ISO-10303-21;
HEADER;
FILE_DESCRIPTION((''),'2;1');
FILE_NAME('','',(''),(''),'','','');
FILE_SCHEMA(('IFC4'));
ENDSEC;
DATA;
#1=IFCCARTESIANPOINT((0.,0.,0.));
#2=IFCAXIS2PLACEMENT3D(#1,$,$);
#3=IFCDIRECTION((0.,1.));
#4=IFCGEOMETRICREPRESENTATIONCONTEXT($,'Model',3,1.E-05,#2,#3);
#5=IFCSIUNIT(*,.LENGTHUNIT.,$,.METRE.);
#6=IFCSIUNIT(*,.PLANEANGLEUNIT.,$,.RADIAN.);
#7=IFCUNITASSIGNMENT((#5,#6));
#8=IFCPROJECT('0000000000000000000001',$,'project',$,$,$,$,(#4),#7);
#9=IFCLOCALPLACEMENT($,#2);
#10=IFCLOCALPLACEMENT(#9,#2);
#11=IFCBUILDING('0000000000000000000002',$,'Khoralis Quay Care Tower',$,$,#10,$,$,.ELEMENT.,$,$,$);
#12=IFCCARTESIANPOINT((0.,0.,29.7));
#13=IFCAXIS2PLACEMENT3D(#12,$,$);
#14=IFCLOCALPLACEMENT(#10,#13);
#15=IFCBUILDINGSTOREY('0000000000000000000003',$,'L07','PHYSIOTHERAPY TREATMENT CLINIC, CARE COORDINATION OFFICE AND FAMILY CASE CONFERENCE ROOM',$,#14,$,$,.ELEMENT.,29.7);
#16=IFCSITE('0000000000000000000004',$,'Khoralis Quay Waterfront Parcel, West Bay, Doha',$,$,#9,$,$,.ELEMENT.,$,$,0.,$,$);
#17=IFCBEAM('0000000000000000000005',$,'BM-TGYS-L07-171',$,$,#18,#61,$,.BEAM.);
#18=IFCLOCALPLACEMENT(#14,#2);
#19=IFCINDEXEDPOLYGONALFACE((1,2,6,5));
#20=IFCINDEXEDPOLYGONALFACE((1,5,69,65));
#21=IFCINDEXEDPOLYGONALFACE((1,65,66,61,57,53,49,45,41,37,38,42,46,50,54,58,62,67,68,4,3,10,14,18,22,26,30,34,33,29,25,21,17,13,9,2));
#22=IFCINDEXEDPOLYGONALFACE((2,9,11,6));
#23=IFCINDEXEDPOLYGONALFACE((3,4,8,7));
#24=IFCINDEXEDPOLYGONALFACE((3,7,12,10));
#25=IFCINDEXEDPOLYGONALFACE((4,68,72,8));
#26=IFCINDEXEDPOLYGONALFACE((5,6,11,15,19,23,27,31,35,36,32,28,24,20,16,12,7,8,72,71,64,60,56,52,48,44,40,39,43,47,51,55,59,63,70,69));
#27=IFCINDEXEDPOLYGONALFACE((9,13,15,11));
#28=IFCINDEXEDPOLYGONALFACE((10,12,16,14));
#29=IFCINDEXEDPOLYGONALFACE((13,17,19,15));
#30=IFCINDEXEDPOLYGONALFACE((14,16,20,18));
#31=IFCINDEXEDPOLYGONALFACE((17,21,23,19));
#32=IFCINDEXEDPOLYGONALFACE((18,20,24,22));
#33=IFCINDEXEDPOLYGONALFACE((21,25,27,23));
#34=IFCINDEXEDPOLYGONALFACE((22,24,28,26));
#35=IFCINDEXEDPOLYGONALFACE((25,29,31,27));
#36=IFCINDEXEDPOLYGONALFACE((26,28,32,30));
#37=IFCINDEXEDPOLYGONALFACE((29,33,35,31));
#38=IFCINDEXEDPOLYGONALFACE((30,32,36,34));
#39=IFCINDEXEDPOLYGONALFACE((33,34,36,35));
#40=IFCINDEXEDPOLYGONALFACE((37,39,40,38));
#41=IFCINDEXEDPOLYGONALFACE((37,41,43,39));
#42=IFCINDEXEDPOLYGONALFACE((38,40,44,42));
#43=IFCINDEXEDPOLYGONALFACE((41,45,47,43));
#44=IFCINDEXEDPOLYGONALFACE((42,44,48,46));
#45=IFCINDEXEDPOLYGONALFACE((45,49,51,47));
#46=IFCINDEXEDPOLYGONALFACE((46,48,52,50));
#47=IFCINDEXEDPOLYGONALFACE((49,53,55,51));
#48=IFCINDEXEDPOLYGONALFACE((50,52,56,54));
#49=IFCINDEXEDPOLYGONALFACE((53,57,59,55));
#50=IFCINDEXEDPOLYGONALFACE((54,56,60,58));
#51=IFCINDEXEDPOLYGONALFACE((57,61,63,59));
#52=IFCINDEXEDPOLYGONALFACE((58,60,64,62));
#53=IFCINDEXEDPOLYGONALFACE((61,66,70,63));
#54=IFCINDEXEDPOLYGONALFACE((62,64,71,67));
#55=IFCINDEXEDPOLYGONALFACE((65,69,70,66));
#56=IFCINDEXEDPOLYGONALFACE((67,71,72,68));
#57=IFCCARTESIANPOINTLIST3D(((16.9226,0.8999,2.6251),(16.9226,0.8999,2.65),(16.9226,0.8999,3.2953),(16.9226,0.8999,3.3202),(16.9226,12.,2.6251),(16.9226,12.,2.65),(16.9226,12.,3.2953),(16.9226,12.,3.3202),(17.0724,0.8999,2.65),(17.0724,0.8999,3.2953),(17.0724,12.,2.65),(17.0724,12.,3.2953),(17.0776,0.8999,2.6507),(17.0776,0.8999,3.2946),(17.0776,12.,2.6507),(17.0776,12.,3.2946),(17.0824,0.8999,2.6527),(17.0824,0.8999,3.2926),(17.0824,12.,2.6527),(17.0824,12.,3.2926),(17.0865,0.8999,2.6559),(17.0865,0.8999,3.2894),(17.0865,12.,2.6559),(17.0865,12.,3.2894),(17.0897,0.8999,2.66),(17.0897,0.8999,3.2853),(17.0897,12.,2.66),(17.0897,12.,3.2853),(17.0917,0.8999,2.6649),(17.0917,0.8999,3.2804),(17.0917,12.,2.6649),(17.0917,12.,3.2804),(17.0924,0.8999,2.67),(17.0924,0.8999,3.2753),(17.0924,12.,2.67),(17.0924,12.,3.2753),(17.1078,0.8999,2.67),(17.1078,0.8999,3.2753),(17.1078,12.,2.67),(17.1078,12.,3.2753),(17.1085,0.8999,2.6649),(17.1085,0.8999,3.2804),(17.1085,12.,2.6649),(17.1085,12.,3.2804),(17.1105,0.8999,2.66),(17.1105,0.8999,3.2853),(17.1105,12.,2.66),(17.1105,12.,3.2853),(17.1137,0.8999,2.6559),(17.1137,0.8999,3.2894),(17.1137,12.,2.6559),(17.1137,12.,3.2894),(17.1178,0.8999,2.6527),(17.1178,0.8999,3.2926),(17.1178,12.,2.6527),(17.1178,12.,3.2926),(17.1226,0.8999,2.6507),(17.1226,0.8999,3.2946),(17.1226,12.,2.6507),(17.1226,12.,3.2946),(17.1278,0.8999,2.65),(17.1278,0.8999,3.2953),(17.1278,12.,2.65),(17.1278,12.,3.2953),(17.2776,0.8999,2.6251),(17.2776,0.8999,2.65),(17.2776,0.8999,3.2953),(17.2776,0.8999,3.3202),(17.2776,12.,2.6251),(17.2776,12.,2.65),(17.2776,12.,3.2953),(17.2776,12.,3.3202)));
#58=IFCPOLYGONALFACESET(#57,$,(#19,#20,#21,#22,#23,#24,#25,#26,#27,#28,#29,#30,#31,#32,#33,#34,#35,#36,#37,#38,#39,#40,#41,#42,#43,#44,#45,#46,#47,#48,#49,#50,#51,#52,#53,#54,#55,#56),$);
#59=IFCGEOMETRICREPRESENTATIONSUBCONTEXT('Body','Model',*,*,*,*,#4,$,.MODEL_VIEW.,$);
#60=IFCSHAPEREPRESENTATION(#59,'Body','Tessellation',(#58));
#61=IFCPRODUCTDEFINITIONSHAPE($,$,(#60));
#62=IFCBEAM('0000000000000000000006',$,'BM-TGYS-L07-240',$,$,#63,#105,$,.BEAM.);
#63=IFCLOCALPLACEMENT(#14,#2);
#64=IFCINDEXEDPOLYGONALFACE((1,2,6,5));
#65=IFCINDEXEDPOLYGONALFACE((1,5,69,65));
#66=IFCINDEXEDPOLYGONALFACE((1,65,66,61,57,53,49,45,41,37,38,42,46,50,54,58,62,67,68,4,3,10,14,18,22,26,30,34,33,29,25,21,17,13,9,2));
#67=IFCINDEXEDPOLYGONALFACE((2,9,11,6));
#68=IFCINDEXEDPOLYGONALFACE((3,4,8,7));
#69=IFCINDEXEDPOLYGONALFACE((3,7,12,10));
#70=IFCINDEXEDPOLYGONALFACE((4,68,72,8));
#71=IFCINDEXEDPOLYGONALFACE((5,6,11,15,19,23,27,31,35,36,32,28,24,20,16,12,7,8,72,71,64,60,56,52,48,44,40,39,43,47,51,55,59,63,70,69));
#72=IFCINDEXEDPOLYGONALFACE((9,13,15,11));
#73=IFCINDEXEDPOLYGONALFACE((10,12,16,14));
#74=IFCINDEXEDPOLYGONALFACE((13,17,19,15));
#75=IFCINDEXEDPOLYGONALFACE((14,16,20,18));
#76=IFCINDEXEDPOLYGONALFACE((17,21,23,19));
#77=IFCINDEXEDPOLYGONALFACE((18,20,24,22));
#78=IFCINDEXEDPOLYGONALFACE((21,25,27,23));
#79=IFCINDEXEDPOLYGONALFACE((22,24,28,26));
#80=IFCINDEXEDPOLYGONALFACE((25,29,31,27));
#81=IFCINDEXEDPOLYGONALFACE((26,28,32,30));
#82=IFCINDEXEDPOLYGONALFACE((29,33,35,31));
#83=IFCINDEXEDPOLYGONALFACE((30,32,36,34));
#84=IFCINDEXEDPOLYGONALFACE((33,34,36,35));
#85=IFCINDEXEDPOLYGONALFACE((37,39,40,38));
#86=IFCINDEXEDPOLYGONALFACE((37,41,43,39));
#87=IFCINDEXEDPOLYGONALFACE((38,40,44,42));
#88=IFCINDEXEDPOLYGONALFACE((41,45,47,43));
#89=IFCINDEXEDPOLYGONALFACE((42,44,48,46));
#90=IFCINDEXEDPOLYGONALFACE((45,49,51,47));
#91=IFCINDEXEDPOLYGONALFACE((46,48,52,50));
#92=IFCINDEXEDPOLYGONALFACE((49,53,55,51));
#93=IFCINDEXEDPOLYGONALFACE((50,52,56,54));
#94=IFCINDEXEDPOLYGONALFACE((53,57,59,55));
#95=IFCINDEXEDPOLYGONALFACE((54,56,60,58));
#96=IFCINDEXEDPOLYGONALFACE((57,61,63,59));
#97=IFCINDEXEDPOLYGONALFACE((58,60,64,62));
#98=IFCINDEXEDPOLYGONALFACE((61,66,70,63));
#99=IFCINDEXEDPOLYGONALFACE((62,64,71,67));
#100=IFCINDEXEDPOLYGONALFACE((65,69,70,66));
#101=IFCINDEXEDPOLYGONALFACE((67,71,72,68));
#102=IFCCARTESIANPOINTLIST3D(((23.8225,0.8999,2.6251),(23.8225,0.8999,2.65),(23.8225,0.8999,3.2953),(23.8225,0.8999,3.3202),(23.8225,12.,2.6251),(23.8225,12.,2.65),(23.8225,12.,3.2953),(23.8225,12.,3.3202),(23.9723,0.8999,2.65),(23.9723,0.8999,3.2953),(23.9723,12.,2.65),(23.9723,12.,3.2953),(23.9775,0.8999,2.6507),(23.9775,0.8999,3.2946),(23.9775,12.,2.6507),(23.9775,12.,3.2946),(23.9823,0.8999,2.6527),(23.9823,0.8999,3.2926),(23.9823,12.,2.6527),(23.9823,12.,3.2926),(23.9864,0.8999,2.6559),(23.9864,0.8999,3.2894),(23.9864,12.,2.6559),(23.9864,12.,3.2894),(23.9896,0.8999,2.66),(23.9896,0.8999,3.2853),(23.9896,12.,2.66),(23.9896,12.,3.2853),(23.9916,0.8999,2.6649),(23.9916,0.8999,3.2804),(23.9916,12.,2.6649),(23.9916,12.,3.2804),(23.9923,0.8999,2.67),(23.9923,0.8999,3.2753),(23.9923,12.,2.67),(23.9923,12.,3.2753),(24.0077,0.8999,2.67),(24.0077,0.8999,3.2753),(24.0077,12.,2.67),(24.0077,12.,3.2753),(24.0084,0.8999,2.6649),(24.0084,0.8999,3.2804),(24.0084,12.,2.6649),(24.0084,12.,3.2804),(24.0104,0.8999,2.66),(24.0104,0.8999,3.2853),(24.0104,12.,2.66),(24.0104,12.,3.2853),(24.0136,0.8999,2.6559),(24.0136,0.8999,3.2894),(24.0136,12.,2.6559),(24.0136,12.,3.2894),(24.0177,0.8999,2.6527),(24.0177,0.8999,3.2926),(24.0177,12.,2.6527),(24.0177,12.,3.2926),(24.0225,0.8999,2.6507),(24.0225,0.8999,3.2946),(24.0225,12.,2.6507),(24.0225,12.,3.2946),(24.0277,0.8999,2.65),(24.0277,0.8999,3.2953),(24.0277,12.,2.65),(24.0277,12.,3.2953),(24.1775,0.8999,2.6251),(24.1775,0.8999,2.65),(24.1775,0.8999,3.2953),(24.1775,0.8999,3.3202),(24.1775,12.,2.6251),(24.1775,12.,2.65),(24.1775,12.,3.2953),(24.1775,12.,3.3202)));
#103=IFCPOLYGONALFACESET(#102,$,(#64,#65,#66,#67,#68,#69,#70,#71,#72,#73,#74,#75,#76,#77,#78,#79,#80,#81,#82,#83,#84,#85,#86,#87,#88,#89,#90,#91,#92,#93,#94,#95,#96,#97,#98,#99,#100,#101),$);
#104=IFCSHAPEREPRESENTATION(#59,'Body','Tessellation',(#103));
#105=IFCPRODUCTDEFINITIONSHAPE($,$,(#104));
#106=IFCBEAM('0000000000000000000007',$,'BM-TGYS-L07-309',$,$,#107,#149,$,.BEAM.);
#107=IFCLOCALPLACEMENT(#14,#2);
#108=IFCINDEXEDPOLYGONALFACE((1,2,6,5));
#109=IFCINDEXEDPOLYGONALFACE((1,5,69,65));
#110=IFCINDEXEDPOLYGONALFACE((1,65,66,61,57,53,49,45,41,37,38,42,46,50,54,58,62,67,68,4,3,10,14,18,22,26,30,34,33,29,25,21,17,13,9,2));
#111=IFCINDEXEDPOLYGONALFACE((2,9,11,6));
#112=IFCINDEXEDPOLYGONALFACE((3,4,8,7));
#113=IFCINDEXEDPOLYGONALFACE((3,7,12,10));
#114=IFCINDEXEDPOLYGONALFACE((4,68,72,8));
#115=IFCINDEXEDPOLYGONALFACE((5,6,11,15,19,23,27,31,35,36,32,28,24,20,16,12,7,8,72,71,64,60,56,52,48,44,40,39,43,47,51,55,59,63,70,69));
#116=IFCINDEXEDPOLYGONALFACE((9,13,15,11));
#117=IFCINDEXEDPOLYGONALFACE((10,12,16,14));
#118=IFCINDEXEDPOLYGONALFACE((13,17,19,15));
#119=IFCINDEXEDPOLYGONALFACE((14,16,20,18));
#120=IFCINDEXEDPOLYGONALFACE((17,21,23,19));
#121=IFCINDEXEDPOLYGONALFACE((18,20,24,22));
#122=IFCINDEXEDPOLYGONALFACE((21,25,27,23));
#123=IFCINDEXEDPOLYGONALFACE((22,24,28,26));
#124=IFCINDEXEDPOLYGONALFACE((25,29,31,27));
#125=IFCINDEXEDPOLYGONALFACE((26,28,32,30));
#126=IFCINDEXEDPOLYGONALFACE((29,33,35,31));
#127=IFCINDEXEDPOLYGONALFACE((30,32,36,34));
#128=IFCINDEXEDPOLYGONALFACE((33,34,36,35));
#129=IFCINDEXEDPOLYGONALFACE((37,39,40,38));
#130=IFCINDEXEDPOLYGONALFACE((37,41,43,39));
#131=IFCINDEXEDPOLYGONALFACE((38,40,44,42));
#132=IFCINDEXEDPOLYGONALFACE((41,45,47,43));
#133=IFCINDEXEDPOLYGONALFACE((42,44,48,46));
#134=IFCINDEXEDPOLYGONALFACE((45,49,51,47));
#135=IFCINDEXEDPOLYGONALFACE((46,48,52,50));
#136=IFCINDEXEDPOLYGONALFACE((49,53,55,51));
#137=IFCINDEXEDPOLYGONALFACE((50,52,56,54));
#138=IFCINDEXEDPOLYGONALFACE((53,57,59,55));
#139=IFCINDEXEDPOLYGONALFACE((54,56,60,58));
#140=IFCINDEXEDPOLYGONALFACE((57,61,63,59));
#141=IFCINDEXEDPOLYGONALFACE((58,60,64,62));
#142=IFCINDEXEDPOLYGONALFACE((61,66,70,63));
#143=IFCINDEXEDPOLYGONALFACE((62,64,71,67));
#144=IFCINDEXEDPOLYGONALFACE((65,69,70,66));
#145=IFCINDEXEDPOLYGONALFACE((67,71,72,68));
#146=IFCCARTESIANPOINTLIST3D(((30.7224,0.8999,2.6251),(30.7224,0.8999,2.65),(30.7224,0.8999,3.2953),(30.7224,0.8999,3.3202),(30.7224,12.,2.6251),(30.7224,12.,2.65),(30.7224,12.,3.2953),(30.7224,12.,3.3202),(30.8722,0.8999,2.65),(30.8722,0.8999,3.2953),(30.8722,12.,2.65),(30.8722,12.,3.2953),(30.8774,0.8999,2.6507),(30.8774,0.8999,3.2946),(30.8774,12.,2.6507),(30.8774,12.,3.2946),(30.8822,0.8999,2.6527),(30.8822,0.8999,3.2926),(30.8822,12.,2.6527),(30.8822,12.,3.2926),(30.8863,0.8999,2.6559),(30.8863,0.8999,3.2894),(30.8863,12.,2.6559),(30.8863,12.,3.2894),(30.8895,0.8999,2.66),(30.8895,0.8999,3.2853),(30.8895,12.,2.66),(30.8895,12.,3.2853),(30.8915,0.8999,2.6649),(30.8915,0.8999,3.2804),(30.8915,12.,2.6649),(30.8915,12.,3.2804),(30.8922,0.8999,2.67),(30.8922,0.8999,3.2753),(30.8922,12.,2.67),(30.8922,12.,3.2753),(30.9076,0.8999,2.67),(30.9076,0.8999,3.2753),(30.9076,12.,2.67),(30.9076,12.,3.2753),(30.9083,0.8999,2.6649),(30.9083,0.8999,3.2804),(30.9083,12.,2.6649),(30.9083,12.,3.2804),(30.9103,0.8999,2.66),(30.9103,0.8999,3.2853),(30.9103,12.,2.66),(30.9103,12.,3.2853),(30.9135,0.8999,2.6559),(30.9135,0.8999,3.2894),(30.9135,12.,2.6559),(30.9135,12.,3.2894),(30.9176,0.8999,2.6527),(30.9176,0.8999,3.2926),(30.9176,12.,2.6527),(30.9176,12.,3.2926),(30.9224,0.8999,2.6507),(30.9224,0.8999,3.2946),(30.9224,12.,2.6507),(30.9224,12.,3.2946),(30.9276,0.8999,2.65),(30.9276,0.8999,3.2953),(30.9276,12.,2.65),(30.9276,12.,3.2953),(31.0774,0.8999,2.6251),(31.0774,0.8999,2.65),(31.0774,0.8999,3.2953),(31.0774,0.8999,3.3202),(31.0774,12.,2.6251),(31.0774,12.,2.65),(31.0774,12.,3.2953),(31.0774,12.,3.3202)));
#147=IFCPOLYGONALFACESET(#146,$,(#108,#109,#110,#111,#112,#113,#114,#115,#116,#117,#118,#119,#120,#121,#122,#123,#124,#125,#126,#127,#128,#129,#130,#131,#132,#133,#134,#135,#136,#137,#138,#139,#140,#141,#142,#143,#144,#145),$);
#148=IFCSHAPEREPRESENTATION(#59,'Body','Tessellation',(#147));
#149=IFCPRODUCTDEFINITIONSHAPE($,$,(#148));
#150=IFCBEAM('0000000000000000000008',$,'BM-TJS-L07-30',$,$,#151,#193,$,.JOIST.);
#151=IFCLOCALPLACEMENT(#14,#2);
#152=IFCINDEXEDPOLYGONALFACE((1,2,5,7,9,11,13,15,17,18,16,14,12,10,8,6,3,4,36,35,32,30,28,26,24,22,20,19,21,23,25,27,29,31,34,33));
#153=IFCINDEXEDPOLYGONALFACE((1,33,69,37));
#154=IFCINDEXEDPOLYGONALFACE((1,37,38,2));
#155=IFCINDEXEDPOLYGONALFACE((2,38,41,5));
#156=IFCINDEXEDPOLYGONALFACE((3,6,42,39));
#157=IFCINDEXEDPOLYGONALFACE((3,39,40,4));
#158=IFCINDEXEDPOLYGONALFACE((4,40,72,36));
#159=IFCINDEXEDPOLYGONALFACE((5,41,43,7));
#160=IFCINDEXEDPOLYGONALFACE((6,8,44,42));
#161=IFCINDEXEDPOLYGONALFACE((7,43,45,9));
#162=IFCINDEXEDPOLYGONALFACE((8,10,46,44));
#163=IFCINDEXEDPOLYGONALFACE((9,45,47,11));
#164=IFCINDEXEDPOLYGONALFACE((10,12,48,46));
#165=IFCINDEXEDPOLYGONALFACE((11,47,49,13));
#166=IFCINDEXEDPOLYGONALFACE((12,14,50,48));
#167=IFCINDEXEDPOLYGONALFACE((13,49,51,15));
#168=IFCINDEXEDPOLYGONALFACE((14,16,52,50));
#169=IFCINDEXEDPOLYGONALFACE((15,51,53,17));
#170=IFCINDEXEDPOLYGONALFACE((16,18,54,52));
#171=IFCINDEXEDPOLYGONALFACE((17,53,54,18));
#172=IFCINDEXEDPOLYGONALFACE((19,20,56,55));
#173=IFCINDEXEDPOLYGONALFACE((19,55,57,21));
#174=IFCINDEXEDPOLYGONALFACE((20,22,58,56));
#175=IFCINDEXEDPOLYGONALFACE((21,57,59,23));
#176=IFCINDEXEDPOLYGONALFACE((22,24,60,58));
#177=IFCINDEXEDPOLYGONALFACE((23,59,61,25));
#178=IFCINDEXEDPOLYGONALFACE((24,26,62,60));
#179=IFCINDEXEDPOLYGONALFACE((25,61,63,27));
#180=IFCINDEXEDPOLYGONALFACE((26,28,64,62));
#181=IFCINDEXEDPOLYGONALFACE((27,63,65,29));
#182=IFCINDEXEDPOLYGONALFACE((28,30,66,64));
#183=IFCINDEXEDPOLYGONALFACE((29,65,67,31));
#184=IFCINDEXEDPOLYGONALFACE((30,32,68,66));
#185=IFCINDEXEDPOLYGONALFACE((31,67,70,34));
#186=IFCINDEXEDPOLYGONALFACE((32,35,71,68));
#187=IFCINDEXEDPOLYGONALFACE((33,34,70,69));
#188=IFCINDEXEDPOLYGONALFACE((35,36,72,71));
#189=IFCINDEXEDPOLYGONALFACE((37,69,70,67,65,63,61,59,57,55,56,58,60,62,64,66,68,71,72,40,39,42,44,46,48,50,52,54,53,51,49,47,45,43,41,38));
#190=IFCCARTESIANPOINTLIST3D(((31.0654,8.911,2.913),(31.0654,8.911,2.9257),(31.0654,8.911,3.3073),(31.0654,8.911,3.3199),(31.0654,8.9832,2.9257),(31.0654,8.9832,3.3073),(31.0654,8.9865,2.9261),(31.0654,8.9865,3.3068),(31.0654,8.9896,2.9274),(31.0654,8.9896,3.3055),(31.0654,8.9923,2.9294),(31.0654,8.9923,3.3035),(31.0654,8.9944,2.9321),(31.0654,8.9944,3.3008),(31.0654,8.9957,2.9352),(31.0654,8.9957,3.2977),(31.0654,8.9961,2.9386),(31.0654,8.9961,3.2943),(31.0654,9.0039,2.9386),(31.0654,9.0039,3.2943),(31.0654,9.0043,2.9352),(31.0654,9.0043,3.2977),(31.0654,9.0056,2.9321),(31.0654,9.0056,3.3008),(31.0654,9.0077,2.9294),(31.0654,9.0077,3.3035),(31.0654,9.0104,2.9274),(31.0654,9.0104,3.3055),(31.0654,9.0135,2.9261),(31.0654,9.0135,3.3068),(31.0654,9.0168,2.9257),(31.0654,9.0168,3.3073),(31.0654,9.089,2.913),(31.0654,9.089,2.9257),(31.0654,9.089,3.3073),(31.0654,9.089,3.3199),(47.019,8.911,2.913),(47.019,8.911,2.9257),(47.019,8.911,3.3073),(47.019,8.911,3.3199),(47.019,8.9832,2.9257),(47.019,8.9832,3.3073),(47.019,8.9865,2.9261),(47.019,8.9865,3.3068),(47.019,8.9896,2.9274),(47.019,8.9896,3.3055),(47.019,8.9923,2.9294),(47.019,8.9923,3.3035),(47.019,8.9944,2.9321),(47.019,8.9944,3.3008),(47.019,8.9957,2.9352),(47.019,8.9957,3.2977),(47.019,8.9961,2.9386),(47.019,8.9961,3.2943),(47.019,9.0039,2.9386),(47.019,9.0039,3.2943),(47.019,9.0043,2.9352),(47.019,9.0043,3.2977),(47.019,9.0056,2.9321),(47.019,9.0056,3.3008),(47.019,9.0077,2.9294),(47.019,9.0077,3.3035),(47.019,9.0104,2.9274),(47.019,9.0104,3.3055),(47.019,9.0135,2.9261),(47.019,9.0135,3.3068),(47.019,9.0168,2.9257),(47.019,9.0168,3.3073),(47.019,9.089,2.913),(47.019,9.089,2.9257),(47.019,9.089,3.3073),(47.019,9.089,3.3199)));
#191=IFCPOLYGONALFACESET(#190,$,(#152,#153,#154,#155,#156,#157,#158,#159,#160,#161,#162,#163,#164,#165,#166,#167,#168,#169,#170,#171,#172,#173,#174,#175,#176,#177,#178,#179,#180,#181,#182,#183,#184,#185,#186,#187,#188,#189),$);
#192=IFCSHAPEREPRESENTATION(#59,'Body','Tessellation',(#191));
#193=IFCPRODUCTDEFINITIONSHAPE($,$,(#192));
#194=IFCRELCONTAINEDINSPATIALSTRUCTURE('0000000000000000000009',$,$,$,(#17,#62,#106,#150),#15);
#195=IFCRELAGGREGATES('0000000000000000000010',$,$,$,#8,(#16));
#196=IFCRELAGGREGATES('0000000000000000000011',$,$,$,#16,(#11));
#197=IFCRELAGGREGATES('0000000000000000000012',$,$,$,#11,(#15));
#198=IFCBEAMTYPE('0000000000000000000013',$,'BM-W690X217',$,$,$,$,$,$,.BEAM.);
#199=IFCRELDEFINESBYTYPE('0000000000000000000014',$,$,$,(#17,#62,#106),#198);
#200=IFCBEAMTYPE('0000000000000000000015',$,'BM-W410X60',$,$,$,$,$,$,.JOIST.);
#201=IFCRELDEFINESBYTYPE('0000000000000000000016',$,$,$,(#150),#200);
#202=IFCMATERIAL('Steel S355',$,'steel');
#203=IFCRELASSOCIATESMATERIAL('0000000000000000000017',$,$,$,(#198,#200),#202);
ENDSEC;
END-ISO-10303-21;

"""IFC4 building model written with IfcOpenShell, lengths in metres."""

from ifc_helpers import new_model, si_unit, direction, frame, origin, origin_2d, place, context, subcontext, project, spatial, i_section, extrude, source, transform, mapped, material, material_profile, profile_set, type_object, element, save


model = new_model("IFC4")

# Units and contexts
model_context = context("Model", 3, precision=1e-05, world=origin(), true_north=direction((0.0, 1.0)))
body_context = subcontext(model_context, "Body", "Model", "MODEL_VIEW")
ifc_project = project(units=[si_unit("LENGTHUNIT", "METRE"), si_unit("PLANEANGLEUNIT", "RADIAN")], contexts=[model_context])

# Site, building, storey
site_placement = place(None, origin())
site = spatial("IfcSite", under=ifc_project, at=site_placement, Name="Khoralis Quay Waterfront Parcel, West Bay, Doha", CompositionType="ELEMENT", RefElevation=0.0)
building_placement = place(site_placement, origin())
building = spatial("IfcBuilding", under=site, at=building_placement, Name="Khoralis Quay Care Tower", CompositionType="ELEMENT")
storey_placement = place(building_placement, frame((0.0, 0.0, 29.7)))
storey = spatial("IfcBuildingStorey", under=building, at=storey_placement, Name="L07", Description="PHYSIOTHERAPY TREATMENT CLINIC, CARE COORDINATION OFFICE AND FAMILY CASE CONFERENCE ROOM", CompositionType="ELEMENT", Elevation=29.7)

# Beams
ifc_material_1 = material(Name="Steel S355", Category="steel")
ifc_material_profile_1 = material_profile(ifc_material_1, i_section(OverallWidth=0.355, OverallDepth=0.6951, WebThickness=0.0154, FlangeThickness=0.0249, FilletRadius=0.02, at=origin_2d()), Name="Steel S355")
ifc_profile_set_1 = profile_set([ifc_material_profile_1], Name="Steel S355")
beam_type_1 = type_object("IfcBeamType", Name="BM-W690X217", PredefinedType="BEAM", material=ifc_profile_set_1)
shared_shape_1 = source(origin(), body_context, "Body", "SweptSolid", [
    extrude(i_section(OverallWidth=0.355, OverallDepth=0.6951, WebThickness=0.0154, FlangeThickness=0.0249, FilletRadius=0.02, at=origin_2d()), origin(), (0.0, 0.0, 1.0), 11.1001),
])
for number, where, z_axis, x_axis, name in (
    (1, (17.1001, 0.8999, 2.9727), (0.0, 1.0, 0.0), (-1.0, 0.0, 0.0), "BM-TGYS-L07-171"),
    (2, (24.0, 0.8999, 2.9727), (0.0, 1.0, 0.0), (-1.0, 0.0, 0.0), "BM-TGYS-L07-240"),
    (3, (30.8999, 0.8999, 2.9727), (0.0, 1.0, 0.0), (-1.0, 0.0, 0.0), "BM-TGYS-L07-309"),
):
    element("IfcBeam", number, at=place(storey_placement, frame(where, z_axis=z_axis, x_axis=x_axis)), inside=storey, type_object=beam_type_1, Name=name, PredefinedType="BEAM", context=body_context, shape_type="MappedRepresentation", body=[
        mapped(shared_shape_1, transform((0.0, 0.0, 0.0), scale=1.0)),
    ])
ifc_material_profile_2 = material_profile(ifc_material_1, i_section(OverallWidth=0.178, OverallDepth=0.407, WebThickness=0.0078, FlangeThickness=0.0127, FilletRadius=0.0129, at=origin_2d()), Name="Steel S355")
ifc_profile_set_2 = profile_set([ifc_material_profile_2], Name="Steel S355")
beam_type_2 = type_object("IfcBeamType", Name="BM-W410X60", PredefinedType="JOIST", material=ifc_profile_set_2)
shared_shape_2 = source(origin(), body_context, "Body", "SweptSolid", [
    extrude(i_section(OverallWidth=0.178, OverallDepth=0.407, WebThickness=0.0078, FlangeThickness=0.0127, FilletRadius=0.0129, at=origin_2d()), origin(), (0.0, 0.0, 1.0), 15.9536),
])
beam_1_placement = place(storey_placement, frame((31.0654, 9.0, 3.1165), z_axis=(1.0, 0.0, 0.0), x_axis=(0.0, 1.0, 0.0)))
element("IfcBeam", 4, at=beam_1_placement, inside=storey, type_object=beam_type_2, Name="BM-TJS-L07-30", PredefinedType="JOIST", context=body_context, shape_type="MappedRepresentation", body=[
    mapped(shared_shape_2, transform((0.0, 0.0, 0.0), scale=1.0)),
])

save(model, "model.ifc")
